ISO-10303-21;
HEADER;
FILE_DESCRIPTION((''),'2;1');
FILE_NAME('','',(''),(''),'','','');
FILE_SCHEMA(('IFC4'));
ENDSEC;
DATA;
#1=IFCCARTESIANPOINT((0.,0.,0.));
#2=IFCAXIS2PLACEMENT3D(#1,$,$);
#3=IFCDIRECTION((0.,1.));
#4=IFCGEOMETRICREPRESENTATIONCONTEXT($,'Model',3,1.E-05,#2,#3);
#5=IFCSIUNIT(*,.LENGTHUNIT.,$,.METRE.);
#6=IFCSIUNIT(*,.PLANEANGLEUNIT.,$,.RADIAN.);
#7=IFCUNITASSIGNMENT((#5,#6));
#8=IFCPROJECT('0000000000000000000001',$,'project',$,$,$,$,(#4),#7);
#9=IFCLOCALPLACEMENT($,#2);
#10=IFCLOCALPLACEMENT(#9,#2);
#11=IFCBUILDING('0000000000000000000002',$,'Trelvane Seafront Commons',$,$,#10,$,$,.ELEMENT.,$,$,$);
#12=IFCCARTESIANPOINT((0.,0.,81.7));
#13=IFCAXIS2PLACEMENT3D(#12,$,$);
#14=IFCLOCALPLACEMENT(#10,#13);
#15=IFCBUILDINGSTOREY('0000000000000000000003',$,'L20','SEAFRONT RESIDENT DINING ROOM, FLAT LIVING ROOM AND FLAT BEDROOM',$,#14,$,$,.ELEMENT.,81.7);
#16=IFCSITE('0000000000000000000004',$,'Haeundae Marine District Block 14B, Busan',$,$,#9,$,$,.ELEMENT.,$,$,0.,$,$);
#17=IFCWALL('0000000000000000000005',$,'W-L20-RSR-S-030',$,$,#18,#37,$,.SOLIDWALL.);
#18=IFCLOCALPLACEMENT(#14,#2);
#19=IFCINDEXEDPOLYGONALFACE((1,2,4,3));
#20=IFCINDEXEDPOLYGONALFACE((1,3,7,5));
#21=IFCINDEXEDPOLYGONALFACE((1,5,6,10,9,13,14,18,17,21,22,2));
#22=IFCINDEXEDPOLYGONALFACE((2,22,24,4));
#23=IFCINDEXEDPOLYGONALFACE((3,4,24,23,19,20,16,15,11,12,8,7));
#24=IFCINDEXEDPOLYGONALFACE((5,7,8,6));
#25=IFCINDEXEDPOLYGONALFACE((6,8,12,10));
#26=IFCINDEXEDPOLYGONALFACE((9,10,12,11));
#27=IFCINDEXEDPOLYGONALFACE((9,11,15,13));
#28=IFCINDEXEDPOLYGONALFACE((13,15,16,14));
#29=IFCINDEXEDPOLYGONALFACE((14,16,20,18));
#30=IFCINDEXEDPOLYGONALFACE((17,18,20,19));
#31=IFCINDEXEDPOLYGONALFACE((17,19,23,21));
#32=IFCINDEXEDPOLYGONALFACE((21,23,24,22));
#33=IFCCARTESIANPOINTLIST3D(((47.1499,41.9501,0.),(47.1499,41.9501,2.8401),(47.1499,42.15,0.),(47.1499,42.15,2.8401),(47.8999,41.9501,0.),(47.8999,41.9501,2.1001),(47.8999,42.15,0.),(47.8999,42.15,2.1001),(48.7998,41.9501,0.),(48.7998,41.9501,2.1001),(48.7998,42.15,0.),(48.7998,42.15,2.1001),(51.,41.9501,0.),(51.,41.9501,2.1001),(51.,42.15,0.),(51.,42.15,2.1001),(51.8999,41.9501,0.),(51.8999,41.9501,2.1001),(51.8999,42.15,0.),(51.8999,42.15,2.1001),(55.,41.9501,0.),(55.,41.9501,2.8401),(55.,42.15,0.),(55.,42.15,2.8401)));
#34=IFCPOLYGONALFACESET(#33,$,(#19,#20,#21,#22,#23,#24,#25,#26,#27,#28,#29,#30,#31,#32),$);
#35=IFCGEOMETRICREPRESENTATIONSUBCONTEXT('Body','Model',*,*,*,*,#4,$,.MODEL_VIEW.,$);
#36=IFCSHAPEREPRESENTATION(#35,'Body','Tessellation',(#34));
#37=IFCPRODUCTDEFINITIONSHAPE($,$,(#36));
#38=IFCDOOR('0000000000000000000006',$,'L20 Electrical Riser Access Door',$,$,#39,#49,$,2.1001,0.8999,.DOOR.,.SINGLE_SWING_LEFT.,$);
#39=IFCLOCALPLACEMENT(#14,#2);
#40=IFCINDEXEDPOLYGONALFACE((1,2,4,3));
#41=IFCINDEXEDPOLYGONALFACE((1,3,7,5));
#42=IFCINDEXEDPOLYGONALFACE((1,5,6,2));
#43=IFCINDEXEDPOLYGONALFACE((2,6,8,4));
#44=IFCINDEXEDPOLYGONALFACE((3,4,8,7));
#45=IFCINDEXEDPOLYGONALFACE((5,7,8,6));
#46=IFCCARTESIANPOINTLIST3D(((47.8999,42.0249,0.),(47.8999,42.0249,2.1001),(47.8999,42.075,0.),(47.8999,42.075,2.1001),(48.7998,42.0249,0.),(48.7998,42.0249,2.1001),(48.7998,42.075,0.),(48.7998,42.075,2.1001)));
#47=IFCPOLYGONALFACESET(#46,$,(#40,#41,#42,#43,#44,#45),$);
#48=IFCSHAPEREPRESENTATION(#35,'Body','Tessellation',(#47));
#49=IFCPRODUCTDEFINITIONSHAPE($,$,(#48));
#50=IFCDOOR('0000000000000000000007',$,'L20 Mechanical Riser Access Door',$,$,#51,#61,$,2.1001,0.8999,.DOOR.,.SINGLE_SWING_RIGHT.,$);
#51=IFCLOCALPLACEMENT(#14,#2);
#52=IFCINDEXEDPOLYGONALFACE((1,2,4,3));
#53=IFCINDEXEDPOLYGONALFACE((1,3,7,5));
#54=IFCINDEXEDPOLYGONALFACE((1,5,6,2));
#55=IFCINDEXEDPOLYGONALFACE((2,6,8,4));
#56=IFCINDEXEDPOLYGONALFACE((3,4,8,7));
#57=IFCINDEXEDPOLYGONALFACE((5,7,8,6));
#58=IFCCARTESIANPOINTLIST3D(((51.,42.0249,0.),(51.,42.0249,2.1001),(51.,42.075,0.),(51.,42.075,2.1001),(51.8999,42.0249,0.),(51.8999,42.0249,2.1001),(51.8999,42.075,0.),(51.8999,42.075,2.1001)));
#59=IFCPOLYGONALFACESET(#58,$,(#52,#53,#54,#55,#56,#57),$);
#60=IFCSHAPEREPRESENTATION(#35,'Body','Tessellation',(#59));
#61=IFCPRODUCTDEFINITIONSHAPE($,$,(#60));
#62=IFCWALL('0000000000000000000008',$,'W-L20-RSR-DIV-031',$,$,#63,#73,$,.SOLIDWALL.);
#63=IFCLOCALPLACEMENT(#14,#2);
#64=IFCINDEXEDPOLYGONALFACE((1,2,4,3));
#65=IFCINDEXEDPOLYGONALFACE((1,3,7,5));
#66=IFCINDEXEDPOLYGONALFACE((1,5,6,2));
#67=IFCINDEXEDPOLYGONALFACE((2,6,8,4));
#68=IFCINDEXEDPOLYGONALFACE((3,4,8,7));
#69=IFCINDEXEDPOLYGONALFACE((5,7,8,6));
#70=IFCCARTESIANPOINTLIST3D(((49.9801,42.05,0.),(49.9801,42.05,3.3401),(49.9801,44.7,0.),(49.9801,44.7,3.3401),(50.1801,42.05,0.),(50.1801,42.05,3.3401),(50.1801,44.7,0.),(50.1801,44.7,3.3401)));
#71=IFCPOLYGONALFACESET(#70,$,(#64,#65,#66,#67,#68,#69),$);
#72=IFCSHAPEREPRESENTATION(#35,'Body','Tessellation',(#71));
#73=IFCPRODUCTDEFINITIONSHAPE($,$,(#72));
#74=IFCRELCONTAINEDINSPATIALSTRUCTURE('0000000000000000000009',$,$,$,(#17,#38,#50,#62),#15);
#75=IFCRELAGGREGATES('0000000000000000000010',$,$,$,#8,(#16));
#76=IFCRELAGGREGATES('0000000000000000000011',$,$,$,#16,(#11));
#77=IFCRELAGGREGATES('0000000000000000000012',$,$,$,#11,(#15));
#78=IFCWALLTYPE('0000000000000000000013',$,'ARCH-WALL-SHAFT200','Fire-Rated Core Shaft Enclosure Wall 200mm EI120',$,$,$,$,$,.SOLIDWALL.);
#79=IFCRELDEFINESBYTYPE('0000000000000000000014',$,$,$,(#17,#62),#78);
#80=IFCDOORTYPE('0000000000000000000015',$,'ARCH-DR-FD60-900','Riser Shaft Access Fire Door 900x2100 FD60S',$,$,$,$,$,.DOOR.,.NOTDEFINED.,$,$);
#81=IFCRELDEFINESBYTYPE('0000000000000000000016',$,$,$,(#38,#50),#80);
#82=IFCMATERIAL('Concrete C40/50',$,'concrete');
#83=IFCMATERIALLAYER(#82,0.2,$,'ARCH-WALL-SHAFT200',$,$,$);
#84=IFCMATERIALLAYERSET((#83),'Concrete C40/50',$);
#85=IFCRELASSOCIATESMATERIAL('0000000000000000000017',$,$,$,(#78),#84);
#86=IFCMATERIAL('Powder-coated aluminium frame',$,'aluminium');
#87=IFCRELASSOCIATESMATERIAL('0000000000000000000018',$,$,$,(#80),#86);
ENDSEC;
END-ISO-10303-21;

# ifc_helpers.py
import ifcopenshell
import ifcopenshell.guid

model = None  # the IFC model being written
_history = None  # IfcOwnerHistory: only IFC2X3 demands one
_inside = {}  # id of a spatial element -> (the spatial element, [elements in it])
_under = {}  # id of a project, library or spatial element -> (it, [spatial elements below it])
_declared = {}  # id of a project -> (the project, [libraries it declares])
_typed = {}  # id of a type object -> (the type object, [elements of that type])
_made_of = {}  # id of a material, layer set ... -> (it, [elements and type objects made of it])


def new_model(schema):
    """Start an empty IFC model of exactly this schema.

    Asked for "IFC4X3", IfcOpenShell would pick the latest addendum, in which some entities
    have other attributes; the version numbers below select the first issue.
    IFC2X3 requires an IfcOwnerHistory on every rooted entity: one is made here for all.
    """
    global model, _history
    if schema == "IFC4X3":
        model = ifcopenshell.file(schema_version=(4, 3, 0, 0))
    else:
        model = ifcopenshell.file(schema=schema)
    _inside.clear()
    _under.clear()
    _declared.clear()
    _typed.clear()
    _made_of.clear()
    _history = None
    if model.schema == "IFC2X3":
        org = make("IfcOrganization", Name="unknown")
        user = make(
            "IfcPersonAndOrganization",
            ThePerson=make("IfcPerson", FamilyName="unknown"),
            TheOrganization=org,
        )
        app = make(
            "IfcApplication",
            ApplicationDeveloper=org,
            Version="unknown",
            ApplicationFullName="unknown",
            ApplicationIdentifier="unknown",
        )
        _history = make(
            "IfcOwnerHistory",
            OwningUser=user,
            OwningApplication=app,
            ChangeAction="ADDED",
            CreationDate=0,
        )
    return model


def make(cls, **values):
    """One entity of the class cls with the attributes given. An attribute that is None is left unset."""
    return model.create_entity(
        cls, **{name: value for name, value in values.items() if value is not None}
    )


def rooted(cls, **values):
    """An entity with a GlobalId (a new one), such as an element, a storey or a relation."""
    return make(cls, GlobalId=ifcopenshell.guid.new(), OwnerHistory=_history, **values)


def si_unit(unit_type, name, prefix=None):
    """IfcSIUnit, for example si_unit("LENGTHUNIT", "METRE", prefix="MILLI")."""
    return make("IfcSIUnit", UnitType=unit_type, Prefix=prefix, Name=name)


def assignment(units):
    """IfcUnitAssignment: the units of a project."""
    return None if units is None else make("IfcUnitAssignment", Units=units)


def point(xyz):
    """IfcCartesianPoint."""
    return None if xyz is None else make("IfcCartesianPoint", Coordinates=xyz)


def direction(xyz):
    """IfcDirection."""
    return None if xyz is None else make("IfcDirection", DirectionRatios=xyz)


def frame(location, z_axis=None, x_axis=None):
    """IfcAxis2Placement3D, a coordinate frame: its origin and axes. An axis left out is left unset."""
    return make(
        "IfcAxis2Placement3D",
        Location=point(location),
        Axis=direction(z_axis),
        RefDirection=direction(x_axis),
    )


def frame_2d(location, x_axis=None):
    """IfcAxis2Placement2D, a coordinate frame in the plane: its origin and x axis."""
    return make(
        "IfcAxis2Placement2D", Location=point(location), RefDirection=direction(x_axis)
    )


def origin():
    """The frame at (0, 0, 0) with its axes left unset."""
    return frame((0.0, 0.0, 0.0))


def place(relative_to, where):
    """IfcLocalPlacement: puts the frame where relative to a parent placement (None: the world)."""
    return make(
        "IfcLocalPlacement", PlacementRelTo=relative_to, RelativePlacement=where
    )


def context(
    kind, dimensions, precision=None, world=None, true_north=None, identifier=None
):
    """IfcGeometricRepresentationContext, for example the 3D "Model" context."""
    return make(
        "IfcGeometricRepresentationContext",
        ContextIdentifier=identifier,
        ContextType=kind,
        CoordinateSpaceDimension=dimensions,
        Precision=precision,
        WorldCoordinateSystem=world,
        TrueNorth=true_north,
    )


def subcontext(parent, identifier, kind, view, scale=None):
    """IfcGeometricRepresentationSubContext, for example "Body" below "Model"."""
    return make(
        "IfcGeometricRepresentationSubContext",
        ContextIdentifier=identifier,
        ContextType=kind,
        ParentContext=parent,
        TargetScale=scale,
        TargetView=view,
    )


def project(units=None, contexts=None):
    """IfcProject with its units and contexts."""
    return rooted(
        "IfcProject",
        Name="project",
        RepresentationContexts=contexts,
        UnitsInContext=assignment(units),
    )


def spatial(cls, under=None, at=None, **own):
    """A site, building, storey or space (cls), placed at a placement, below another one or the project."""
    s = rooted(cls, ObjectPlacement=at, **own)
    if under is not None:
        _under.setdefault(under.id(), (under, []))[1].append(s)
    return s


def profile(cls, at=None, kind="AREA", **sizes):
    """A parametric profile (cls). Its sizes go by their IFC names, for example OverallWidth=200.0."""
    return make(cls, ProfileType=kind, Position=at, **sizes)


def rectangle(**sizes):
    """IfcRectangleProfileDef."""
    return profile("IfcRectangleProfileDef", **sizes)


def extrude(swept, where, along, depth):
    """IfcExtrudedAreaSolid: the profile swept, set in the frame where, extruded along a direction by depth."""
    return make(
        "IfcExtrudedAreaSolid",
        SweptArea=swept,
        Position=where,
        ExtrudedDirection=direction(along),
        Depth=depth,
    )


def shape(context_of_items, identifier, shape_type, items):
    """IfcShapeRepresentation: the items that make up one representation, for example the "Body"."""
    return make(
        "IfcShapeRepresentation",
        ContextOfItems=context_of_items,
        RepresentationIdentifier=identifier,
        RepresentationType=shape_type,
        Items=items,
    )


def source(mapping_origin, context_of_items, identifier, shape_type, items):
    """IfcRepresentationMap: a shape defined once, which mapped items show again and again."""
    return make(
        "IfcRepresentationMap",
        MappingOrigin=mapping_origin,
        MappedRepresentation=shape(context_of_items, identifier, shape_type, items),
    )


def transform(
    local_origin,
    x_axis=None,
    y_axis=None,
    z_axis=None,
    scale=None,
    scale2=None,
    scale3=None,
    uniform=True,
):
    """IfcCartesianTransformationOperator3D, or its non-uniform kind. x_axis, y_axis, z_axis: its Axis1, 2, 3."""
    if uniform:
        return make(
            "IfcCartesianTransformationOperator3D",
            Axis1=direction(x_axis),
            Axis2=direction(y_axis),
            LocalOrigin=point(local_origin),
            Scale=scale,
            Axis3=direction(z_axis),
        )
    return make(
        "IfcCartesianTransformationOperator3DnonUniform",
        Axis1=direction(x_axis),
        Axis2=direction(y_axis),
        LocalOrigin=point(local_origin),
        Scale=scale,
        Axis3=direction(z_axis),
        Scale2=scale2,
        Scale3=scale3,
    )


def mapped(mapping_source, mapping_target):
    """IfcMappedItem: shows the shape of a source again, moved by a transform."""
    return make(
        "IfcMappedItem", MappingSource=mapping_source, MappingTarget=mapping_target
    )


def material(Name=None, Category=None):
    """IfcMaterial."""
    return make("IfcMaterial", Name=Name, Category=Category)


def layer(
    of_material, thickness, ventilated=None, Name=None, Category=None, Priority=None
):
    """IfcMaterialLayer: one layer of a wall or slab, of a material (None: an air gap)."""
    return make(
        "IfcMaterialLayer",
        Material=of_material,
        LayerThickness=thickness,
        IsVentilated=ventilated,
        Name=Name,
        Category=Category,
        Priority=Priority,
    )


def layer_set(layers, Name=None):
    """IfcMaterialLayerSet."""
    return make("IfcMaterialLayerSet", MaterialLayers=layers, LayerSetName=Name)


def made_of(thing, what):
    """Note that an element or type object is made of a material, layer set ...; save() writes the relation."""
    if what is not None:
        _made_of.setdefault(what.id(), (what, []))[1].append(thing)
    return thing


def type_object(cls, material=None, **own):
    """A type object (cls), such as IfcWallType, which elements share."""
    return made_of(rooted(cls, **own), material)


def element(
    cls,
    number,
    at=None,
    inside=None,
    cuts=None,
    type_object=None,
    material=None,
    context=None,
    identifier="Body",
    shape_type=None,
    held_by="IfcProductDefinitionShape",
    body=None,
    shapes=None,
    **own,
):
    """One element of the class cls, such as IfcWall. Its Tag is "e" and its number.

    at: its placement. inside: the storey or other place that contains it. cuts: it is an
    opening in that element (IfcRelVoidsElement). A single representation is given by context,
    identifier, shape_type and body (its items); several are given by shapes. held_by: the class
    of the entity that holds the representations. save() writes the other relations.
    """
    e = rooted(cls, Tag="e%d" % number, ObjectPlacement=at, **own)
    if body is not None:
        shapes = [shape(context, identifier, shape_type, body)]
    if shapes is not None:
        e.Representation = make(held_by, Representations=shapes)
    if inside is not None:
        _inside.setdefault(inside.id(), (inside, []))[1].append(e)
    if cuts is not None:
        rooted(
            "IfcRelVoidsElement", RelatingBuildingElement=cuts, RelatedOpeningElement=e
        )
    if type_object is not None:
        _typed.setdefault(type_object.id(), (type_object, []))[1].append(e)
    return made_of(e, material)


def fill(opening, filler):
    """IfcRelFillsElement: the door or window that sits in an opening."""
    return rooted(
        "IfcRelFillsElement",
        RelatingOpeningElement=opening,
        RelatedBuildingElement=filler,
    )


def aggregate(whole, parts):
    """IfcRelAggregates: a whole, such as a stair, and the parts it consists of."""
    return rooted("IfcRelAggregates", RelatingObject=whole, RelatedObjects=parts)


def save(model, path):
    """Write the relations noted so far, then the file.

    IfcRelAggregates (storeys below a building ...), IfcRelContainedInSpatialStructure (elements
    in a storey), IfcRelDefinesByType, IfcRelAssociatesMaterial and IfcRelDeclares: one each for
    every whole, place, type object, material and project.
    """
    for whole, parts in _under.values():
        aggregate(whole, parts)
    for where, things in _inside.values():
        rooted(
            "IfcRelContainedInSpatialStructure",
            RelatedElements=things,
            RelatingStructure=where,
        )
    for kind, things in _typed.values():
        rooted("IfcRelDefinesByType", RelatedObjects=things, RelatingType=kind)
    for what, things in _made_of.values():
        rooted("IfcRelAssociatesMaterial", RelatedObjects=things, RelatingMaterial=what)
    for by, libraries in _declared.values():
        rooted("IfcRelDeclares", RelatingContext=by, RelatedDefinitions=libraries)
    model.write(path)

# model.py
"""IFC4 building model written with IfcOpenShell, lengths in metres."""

from ifc_helpers import new_model, si_unit, direction, frame, frame_2d, origin, place, context, subcontext, project, spatial, rectangle, extrude, source, transform, mapped, material, layer, layer_set, type_object, element, fill, save


model = new_model("IFC4")

# Units and contexts
model_context = context("Model", 3, precision=1e-05, world=origin(), true_north=direction((0.0, 1.0)))
body_context = subcontext(model_context, "Body", "Model", "MODEL_VIEW")
ifc_project = project(units=[si_unit("LENGTHUNIT", "METRE"), si_unit("PLANEANGLEUNIT", "RADIAN")], contexts=[model_context])

# Site, building, storey
site_placement = place(None, origin())
site = spatial("IfcSite", under=ifc_project, at=site_placement, Name="Haeundae Marine District Block 14B, Busan", CompositionType="ELEMENT", RefElevation=0.0)
building_placement = place(site_placement, origin())
building = spatial("IfcBuilding", under=site, at=building_placement, Name="Trelvane Seafront Commons", CompositionType="ELEMENT")
storey_placement = place(building_placement, frame((0.0, 0.0, 81.7)))
storey = spatial("IfcBuildingStorey", under=building, at=storey_placement, Name="L20", Description="SEAFRONT RESIDENT DINING ROOM, FLAT LIVING ROOM AND FLAT BEDROOM", CompositionType="ELEMENT", Elevation=81.7)

# Shared definitions
ifc_material_1 = material(Name="Concrete C40/50", Category="concrete")
ifc_layer_1 = layer(ifc_material_1, 0.2, Name="ARCH-WALL-SHAFT200")
ifc_layer_set_1 = layer_set([ifc_layer_1], Name="Concrete C40/50")
wall_type_1 = type_object("IfcWallType", Name="ARCH-WALL-SHAFT200", Description="Fire-Rated Core Shaft Enclosure Wall 200mm EI120", PredefinedType="SOLIDWALL", material=ifc_layer_set_1)

# Wall, openings, doors
wall_1_placement = place(storey_placement, frame((47.1499, 42.05, 0.0), z_axis=(0.0, 0.0, 1.0), x_axis=(1.0, 0.0, 0.0)))
wall_1 = element("IfcWall", 1, at=wall_1_placement, inside=storey, type_object=wall_type_1, Name="W-L20-RSR-S-030", PredefinedType="SOLIDWALL", context=body_context, shape_type="SweptSolid", body=[
    extrude(rectangle(XDim=7.8501, YDim=0.2, at=frame_2d((3.925, 0.0))), origin(), (0.0, 0.0, 1.0), 2.8401),
])
opening_1_placement = place(wall_1_placement, frame((0.75, 0.0, 0.0)))
opening_1 = element("IfcOpeningElement", 2, at=opening_1_placement, cuts=wall_1, PredefinedType="OPENING", context=body_context, shape_type="SweptSolid", body=[
    extrude(rectangle(XDim=0.8999, YDim=2.1001, at=frame_2d((0.45, 1.05))), frame((0.0, 0.1099, 0.0), z_axis=(0.0, -1.0, 0.0), x_axis=(1.0, 0.0, 0.0)), (0.0, 0.0, 1.0), 0.22),
])
opening_2_placement = place(wall_1_placement, frame((3.8501, 0.0, 0.0)))
opening_2 = element("IfcOpeningElement", 3, at=opening_2_placement, cuts=wall_1, PredefinedType="OPENING", context=body_context, shape_type="SweptSolid", body=[
    extrude(rectangle(XDim=0.8999, YDim=2.1001, at=frame_2d((0.45, 1.05))), frame((0.0, 0.1099, 0.0), z_axis=(0.0, -1.0, 0.0), x_axis=(1.0, 0.0, 0.0)), (0.0, 0.0, 1.0), 0.22),
])
ifc_material_2 = material(Name="Powder-coated aluminium frame", Category="aluminium")
door_type_1 = type_object("IfcDoorType", Name="ARCH-DR-FD60-900", Description="Riser Shaft Access Fire Door 900x2100 FD60S", OperationType="NOTDEFINED", PredefinedType="DOOR", material=ifc_material_2)
shared_shape_1 = source(origin(), body_context, "Body", "SweptSolid", [
    extrude(rectangle(XDim=0.8999, YDim=2.1001, at=frame_2d((0.45, 1.05))), frame((0.0, 0.0249, 0.0), z_axis=(0.0, -1.0, 0.0), x_axis=(1.0, 0.0, 0.0)), (0.0, 0.0, 1.0), 0.05),
])
door_1_placement = place(opening_1_placement, origin())
door_1 = element("IfcDoor", 4, at=door_1_placement, inside=storey, type_object=door_type_1, Name="L20 Electrical Riser Access Door", OperationType="SINGLE_SWING_LEFT", OverallHeight=2.1001, OverallWidth=0.8999, PredefinedType="DOOR", context=body_context, shape_type="MappedRepresentation", body=[
    mapped(shared_shape_1, transform((0.0, 0.0, 0.0), x_axis=(1.0, 0.0, 0.0), y_axis=(0.0, 1.0, 0.0), z_axis=(0.0, 0.0, 1.0), scale=1.0)),
])
fill(opening_1, door_1)
door_2_placement = place(opening_2_placement, origin())
door_2 = element("IfcDoor", 5, at=door_2_placement, inside=storey, type_object=door_type_1, Name="L20 Mechanical Riser Access Door", OperationType="SINGLE_SWING_RIGHT", OverallHeight=2.1001, OverallWidth=0.8999, PredefinedType="DOOR", context=body_context, shape_type="MappedRepresentation", body=[
    mapped(shared_shape_1, transform((0.0, 0.0, 0.0), x_axis=(1.0, 0.0, 0.0), y_axis=(0.0, 1.0, 0.0), z_axis=(0.0, 0.0, 1.0), scale=1.0)),
])
fill(opening_2, door_2)

# Wall
wall_2_placement = place(storey_placement, frame((50.0801, 42.05, 0.0), z_axis=(0.0, 0.0, 1.0), x_axis=(0.0, 1.0, 0.0)))
element("IfcWall", 6, at=wall_2_placement, inside=storey, type_object=wall_type_1, Name="W-L20-RSR-DIV-031", PredefinedType="SOLIDWALL", context=body_context, shape_type="SweptSolid", body=[
    extrude(rectangle(XDim=2.6499, YDim=0.2, at=frame_2d((1.325, 0.0))), origin(), (0.0, 0.0, 1.0), 3.3401),
])

save(model, "model.ifc")
